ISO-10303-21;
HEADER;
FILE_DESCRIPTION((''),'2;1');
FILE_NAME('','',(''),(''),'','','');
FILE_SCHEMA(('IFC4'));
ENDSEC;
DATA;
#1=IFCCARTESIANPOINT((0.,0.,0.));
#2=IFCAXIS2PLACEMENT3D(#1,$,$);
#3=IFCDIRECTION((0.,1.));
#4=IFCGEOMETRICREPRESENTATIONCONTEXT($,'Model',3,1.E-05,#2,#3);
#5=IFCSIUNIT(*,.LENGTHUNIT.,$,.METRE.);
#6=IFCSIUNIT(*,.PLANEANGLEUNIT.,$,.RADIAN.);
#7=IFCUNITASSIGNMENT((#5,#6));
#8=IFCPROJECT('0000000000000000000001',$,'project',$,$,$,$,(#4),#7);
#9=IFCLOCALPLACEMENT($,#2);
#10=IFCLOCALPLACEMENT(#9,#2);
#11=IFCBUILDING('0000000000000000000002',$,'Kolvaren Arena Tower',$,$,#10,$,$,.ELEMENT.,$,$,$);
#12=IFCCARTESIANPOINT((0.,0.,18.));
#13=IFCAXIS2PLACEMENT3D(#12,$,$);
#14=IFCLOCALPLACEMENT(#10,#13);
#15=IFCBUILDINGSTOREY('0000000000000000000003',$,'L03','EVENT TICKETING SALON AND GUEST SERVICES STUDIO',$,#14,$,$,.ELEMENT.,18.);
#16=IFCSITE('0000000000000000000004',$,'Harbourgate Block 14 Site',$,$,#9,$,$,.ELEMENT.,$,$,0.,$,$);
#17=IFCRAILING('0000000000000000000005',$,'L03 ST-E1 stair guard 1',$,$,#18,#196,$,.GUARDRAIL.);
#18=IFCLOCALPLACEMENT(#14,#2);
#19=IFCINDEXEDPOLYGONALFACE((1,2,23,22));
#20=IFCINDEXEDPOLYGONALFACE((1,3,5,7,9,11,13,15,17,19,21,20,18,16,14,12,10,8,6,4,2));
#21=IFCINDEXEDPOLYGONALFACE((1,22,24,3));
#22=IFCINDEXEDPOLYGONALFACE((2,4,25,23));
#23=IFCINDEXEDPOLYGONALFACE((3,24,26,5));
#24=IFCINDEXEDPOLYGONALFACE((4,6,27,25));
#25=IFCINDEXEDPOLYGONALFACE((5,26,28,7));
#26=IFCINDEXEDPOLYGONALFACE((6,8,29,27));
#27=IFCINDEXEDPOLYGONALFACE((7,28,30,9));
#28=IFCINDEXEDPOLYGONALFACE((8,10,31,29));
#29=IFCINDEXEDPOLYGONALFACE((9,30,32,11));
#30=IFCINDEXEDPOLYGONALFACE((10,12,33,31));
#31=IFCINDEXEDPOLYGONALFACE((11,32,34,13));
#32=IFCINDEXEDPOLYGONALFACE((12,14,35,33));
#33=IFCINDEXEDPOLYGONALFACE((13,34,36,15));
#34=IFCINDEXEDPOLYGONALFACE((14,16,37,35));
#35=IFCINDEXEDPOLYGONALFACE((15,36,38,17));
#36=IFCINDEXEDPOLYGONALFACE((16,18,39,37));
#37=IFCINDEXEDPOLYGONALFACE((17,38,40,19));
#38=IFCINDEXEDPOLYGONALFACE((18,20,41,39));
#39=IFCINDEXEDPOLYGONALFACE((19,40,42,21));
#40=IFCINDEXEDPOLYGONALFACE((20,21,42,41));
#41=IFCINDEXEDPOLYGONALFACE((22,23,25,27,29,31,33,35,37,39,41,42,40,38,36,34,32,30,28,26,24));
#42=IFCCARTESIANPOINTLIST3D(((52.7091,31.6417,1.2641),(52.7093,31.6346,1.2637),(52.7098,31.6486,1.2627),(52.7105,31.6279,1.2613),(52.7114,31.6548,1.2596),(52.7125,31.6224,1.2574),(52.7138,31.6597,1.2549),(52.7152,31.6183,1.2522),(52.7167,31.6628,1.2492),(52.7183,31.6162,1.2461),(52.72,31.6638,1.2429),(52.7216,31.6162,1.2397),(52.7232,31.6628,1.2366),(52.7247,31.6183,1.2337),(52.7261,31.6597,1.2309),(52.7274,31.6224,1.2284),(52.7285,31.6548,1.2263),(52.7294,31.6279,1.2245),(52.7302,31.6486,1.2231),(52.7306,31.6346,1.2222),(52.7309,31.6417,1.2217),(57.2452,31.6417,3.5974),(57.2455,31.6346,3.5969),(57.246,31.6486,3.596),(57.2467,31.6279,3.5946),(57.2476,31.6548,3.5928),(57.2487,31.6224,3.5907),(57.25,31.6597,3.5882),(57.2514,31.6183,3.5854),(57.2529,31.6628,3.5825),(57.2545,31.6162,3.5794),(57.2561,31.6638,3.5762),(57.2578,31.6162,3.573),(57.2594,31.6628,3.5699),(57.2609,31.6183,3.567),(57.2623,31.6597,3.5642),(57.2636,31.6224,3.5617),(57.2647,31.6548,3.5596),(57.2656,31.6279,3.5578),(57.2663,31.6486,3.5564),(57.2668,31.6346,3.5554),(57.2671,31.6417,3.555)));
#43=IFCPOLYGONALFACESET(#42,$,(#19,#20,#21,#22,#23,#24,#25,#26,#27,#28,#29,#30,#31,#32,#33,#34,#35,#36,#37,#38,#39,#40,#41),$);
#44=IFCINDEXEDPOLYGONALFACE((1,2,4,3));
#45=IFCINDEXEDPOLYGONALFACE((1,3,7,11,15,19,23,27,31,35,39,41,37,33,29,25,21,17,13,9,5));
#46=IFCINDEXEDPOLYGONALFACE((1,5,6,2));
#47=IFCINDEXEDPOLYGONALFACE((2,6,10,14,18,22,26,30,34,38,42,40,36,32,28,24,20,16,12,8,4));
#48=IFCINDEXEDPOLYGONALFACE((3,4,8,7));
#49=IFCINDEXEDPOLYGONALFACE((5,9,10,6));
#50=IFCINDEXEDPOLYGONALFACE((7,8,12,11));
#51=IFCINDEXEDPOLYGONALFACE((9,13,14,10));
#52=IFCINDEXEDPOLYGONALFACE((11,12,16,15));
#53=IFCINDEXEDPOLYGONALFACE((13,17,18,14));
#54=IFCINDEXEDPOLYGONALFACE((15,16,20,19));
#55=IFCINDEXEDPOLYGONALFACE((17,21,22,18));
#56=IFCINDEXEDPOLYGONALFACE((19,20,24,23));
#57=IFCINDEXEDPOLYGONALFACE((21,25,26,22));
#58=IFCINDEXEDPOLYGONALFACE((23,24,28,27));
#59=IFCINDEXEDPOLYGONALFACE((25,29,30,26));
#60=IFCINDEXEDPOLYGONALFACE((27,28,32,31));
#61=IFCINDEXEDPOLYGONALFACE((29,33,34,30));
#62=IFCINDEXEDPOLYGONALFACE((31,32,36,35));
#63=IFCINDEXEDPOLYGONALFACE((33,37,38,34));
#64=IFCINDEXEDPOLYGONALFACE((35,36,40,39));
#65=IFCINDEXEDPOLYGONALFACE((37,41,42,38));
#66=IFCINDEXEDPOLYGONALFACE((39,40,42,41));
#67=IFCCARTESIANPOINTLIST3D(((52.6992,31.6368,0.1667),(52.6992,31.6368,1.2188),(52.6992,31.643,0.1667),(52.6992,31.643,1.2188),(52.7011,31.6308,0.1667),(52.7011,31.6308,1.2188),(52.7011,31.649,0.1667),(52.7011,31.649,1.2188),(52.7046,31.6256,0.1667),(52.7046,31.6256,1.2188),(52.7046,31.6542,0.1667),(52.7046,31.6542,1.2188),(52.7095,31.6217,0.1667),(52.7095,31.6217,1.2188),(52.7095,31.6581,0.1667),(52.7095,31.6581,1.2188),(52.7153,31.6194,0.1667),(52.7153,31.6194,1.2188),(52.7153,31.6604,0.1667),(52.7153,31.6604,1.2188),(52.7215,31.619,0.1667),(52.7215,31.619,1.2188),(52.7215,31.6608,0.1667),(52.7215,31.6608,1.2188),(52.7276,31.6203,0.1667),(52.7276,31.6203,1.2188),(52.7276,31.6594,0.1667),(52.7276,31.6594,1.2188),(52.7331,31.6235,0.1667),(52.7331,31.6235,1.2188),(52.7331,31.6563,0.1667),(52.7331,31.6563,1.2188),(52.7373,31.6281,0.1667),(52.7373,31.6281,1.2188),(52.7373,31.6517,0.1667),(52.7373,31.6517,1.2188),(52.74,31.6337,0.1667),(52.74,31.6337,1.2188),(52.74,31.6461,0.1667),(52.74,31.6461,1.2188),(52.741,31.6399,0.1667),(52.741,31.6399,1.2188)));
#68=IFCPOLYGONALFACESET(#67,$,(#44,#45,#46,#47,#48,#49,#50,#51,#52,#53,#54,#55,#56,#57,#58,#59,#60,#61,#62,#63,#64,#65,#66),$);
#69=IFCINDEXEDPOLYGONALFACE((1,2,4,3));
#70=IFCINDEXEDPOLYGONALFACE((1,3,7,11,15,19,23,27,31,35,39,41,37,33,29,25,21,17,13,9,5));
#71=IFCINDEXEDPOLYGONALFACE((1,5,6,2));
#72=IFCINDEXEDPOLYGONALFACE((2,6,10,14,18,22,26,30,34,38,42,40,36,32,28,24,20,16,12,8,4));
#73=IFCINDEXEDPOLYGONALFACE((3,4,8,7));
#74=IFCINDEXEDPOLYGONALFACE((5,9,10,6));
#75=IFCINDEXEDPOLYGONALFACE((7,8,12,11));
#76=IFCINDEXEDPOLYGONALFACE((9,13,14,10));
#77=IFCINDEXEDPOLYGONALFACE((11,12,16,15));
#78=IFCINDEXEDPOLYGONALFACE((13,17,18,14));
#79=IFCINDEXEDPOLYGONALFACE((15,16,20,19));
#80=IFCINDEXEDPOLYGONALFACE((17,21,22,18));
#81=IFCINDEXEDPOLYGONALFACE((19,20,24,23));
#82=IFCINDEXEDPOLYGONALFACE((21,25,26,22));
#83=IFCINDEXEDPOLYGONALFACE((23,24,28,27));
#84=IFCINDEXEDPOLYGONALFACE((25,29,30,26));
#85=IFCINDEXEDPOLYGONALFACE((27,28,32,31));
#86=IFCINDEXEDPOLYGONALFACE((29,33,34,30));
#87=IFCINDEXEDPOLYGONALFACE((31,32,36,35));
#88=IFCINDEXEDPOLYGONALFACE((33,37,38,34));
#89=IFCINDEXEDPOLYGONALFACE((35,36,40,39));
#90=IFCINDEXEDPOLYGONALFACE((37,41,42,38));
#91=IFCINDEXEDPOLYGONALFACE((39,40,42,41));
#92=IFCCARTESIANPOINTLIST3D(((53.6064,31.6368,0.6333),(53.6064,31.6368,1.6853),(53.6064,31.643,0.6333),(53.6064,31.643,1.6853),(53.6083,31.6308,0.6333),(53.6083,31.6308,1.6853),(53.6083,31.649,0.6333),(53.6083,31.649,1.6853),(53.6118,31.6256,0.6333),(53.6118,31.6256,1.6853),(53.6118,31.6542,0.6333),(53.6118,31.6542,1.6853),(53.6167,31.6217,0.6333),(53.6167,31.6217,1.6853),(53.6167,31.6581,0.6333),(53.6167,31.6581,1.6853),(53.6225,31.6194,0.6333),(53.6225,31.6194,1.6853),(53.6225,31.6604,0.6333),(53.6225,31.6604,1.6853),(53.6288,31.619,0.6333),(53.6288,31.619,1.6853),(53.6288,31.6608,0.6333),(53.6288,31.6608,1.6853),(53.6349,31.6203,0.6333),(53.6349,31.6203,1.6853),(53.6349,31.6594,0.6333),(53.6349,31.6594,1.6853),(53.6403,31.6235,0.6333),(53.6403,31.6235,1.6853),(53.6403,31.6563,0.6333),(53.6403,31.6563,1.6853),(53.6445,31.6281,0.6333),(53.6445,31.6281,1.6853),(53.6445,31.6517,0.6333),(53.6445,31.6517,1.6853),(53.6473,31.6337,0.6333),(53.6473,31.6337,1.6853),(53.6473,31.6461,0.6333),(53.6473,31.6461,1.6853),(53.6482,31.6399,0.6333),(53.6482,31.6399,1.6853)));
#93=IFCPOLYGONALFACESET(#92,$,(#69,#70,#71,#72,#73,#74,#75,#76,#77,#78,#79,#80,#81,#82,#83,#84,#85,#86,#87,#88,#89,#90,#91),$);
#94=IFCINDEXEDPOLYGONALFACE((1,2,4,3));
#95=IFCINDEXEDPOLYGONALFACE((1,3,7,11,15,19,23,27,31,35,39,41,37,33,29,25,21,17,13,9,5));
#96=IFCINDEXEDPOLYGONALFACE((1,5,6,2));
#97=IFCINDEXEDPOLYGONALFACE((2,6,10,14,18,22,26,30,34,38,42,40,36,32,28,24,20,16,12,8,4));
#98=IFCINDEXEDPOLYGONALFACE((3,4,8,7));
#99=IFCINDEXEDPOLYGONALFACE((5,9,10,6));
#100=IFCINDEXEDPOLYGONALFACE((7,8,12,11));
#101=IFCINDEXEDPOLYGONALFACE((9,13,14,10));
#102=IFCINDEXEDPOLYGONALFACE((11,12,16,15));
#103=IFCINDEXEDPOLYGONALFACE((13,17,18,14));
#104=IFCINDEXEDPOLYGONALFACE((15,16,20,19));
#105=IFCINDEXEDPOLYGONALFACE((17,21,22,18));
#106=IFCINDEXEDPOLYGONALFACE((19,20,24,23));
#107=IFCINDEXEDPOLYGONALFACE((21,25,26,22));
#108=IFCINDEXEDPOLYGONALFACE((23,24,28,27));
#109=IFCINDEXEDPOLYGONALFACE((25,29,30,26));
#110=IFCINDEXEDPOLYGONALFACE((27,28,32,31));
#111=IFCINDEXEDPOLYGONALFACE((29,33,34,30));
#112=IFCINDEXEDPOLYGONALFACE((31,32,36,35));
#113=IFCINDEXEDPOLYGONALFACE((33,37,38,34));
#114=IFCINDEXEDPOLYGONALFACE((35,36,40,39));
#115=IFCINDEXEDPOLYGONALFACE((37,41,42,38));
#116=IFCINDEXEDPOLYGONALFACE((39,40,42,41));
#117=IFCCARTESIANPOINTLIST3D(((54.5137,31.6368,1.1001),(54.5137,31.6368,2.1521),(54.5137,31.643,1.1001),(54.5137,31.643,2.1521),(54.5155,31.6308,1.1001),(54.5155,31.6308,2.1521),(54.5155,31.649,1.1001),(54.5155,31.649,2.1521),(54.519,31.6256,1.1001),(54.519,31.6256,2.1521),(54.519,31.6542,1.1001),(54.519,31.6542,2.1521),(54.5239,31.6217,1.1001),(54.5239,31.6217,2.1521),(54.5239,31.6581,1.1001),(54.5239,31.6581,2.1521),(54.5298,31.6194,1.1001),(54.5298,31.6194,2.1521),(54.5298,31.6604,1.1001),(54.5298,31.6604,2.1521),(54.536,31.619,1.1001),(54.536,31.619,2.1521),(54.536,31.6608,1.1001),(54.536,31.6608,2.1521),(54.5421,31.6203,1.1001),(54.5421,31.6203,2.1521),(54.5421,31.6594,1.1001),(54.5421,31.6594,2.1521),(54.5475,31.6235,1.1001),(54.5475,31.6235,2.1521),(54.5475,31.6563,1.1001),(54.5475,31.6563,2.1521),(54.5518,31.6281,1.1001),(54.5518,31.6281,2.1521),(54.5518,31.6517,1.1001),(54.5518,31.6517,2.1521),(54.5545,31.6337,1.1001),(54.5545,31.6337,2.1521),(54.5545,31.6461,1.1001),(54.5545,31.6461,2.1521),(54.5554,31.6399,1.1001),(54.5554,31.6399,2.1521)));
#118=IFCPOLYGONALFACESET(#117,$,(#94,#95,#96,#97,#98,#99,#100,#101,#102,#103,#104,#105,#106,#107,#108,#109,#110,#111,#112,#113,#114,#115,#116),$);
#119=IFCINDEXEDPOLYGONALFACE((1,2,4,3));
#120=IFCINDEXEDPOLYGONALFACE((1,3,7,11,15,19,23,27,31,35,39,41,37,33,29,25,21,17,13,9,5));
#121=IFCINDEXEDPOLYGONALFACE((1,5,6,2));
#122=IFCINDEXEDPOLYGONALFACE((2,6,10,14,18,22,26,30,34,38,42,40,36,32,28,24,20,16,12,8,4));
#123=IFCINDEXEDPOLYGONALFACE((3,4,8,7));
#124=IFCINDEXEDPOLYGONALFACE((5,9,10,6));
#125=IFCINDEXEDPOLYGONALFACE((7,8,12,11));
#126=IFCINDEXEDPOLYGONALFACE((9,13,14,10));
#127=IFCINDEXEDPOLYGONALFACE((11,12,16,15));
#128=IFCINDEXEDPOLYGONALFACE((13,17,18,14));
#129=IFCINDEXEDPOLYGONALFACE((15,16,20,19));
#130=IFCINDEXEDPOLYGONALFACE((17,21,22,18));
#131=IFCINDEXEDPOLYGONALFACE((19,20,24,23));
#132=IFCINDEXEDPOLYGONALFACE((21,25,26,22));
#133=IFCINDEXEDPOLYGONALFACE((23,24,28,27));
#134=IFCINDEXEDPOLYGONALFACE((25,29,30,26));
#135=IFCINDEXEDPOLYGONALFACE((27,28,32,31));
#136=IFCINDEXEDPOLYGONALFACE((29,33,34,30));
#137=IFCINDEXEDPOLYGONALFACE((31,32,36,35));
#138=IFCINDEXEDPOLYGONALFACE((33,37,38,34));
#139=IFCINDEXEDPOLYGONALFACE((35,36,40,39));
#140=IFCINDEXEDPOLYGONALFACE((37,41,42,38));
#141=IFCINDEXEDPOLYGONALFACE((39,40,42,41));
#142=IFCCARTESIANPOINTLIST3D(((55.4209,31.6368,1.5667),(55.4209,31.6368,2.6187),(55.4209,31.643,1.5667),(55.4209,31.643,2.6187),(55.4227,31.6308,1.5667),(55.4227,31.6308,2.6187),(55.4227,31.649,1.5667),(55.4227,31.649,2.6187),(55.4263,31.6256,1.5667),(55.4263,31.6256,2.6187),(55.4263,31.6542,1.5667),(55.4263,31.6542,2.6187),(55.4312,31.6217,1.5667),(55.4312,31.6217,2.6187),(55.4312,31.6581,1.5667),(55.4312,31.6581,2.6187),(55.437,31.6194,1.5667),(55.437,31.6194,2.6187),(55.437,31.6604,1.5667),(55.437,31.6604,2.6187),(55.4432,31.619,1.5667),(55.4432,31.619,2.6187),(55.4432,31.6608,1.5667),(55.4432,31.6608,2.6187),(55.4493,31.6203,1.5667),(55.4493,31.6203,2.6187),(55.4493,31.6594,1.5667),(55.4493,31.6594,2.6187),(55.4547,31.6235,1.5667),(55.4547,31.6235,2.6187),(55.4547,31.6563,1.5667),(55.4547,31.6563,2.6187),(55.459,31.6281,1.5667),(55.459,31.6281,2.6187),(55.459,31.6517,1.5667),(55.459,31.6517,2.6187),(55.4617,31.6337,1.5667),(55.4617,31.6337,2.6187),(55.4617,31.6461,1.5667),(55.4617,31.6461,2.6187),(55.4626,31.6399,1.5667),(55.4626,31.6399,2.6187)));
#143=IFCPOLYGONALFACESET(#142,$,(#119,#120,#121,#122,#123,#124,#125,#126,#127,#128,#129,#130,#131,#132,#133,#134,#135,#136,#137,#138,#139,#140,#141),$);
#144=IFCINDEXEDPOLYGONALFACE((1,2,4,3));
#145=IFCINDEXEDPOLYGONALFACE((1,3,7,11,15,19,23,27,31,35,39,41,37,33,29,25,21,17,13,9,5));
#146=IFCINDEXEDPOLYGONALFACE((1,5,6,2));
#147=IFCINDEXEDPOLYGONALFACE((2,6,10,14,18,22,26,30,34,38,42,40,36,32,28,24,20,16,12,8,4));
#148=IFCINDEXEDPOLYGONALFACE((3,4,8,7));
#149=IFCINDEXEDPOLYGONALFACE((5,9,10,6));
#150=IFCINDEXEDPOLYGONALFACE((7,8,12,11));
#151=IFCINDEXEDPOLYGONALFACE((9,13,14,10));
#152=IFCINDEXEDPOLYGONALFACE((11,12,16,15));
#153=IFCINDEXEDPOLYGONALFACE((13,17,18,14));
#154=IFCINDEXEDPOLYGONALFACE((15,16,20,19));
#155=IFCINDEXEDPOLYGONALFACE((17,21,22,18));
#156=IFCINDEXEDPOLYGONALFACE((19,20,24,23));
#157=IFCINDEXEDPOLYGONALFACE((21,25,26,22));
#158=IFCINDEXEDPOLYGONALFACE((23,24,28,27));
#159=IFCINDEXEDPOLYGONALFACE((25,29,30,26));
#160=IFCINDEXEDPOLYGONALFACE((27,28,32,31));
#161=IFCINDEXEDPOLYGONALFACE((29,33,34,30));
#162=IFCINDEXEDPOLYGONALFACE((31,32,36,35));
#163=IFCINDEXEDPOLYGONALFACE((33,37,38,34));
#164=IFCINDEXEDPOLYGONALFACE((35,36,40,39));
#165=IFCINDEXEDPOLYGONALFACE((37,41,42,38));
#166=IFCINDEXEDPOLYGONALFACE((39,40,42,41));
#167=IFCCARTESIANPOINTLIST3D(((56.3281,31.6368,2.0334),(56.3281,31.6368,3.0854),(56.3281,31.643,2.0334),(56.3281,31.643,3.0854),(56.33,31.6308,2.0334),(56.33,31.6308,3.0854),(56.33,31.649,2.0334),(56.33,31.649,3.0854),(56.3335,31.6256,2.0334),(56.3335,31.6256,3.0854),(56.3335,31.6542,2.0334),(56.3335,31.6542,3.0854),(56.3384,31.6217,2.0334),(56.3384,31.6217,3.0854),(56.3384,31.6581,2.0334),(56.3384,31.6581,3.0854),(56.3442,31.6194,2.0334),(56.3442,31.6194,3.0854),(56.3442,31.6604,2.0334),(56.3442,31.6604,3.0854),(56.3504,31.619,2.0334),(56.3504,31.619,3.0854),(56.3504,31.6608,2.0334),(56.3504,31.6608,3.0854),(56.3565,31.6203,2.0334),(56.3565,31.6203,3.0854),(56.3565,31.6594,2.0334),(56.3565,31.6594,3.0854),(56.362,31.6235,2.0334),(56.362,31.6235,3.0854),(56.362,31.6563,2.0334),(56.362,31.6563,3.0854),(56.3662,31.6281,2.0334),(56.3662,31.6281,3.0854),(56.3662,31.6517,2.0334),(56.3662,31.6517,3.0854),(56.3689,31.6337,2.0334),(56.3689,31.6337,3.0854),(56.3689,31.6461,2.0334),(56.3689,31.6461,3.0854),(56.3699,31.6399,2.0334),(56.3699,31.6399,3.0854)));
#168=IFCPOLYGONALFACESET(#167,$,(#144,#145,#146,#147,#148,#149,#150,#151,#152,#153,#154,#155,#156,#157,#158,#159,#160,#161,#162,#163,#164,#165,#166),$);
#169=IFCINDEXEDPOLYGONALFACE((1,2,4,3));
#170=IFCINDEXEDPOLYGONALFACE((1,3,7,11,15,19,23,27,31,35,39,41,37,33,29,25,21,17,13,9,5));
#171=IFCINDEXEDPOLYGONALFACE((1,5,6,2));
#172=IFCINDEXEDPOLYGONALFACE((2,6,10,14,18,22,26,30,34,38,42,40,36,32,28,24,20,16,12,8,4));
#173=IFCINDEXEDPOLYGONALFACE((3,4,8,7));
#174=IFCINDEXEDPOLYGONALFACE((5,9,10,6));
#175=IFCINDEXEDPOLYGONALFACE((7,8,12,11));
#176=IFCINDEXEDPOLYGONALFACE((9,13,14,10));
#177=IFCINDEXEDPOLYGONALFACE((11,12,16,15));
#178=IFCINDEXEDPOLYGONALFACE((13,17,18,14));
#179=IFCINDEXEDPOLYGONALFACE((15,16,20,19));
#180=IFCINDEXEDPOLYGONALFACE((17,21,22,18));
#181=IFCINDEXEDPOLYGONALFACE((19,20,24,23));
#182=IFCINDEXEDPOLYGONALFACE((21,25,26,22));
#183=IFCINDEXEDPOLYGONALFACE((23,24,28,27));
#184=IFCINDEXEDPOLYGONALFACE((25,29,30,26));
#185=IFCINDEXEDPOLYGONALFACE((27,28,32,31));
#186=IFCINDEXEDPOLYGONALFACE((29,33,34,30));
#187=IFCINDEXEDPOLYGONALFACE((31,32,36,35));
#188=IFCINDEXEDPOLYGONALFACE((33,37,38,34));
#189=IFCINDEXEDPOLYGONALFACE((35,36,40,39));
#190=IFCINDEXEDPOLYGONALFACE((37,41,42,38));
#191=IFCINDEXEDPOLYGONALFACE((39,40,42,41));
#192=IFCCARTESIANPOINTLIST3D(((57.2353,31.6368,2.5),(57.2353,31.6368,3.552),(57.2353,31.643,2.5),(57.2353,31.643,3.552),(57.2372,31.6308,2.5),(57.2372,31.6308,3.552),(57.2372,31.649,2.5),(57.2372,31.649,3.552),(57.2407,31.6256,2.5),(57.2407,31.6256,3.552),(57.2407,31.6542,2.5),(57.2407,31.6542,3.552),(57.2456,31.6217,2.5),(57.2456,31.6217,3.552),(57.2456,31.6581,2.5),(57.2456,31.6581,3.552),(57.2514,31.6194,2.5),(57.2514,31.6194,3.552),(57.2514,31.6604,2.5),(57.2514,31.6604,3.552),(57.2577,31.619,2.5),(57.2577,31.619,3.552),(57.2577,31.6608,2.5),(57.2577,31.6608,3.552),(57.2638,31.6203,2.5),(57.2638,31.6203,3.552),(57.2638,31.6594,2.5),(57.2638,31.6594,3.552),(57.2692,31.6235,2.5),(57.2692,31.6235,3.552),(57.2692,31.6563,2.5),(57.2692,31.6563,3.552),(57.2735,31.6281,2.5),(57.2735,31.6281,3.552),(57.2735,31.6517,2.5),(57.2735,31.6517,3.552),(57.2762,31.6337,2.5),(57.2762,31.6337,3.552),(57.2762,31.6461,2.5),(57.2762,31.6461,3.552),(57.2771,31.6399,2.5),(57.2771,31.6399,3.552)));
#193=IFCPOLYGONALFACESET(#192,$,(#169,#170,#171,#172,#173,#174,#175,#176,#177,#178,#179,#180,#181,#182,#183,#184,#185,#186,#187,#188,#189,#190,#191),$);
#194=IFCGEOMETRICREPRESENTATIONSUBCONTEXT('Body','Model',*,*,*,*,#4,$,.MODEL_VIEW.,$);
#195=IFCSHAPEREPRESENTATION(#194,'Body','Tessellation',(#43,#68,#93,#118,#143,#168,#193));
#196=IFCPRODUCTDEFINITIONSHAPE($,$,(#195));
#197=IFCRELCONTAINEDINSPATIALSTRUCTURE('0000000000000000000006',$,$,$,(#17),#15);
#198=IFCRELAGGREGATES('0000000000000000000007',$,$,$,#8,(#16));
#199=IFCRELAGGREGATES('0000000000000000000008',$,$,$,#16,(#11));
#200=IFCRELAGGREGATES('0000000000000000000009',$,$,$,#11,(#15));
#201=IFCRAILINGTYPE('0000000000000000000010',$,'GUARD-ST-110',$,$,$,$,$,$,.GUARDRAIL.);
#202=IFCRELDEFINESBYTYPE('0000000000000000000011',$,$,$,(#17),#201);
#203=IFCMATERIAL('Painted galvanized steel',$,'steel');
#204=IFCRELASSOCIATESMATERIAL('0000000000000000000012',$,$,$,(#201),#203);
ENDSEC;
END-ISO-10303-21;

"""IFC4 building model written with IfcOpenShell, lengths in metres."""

from ifc_helpers import new_model, si_unit, direction, frame, origin, origin_2d, place, context, subcontext, project, spatial, circle, extrude, material, type_object, element, save


model = new_model("IFC4")

# Units and contexts
model_context = context("Model", 3, precision=1e-05, world=origin(), true_north=direction((0.0, 1.0)))
body_context = subcontext(model_context, "Body", "Model", "MODEL_VIEW")
ifc_project = project(units=[si_unit("LENGTHUNIT", "METRE"), si_unit("PLANEANGLEUNIT", "RADIAN")], contexts=[model_context])

# Site, building, storey
site_placement = place(None, origin())
site = spatial("IfcSite", under=ifc_project, at=site_placement, Name="Harbourgate Block 14 Site", CompositionType="ELEMENT", RefElevation=0.0)
building_placement = place(site_placement, origin())
building = spatial("IfcBuilding", under=site, at=building_placement, Name="Kolvaren Arena Tower", CompositionType="ELEMENT")
storey_placement = place(building_placement, frame((0.0, 0.0, 18.0)))
storey = spatial("IfcBuildingStorey", under=building, at=storey_placement, Name="L03", Description="EVENT TICKETING SALON AND GUEST SERVICES STUDIO", CompositionType="ELEMENT", Elevation=18.0)

# Railing
ifc_material_1 = material(Name="Painted galvanized steel", Category="steel")
railing_type_1 = type_object("IfcRailingType", Name="GUARD-ST-110", PredefinedType="GUARDRAIL", material=ifc_material_1)
railing_1_placement = place(storey_placement, frame((52.72, 31.6399, 0.1667)))
element("IfcRailing", 1, at=railing_1_placement, inside=storey, type_object=railing_type_1, Name="L03 ST-E1 stair guard 1", PredefinedType="GUARDRAIL", context=body_context, shape_type="SweptSolid", body=[
    extrude(circle(Radius=0.0239, at=origin_2d()), frame((0.0, 0.0, 1.0762), z_axis=(0.889257, 0.0, 0.457407), x_axis=(0.0, 1.0, 0.0)), (0.0, 0.0, 1.0), 5.1011),
    extrude(circle(Radius=0.021, at=origin_2d()), origin(), (0.0, 0.0, 1.0), 1.052),
    extrude(circle(Radius=0.021, at=origin_2d()), frame((0.9072, 0.0, 0.4666)), (0.0, 0.0, 1.0), 1.052),
    extrude(circle(Radius=0.021, at=origin_2d()), frame((1.8145, 0.0, 0.9333)), (0.0, 0.0, 1.0), 1.052),
    extrude(circle(Radius=0.021, at=origin_2d()), frame((2.7217, 0.0, 1.3999)), (0.0, 0.0, 1.0), 1.052),
    extrude(circle(Radius=0.021, at=origin_2d()), frame((3.6289, 0.0, 1.8667)), (0.0, 0.0, 1.0), 1.052),
    extrude(circle(Radius=0.021, at=origin_2d()), frame((4.5361, 0.0, 2.3333)), (0.0, 0.0, 1.0), 1.052),
])

save(model, "model.ifc")
